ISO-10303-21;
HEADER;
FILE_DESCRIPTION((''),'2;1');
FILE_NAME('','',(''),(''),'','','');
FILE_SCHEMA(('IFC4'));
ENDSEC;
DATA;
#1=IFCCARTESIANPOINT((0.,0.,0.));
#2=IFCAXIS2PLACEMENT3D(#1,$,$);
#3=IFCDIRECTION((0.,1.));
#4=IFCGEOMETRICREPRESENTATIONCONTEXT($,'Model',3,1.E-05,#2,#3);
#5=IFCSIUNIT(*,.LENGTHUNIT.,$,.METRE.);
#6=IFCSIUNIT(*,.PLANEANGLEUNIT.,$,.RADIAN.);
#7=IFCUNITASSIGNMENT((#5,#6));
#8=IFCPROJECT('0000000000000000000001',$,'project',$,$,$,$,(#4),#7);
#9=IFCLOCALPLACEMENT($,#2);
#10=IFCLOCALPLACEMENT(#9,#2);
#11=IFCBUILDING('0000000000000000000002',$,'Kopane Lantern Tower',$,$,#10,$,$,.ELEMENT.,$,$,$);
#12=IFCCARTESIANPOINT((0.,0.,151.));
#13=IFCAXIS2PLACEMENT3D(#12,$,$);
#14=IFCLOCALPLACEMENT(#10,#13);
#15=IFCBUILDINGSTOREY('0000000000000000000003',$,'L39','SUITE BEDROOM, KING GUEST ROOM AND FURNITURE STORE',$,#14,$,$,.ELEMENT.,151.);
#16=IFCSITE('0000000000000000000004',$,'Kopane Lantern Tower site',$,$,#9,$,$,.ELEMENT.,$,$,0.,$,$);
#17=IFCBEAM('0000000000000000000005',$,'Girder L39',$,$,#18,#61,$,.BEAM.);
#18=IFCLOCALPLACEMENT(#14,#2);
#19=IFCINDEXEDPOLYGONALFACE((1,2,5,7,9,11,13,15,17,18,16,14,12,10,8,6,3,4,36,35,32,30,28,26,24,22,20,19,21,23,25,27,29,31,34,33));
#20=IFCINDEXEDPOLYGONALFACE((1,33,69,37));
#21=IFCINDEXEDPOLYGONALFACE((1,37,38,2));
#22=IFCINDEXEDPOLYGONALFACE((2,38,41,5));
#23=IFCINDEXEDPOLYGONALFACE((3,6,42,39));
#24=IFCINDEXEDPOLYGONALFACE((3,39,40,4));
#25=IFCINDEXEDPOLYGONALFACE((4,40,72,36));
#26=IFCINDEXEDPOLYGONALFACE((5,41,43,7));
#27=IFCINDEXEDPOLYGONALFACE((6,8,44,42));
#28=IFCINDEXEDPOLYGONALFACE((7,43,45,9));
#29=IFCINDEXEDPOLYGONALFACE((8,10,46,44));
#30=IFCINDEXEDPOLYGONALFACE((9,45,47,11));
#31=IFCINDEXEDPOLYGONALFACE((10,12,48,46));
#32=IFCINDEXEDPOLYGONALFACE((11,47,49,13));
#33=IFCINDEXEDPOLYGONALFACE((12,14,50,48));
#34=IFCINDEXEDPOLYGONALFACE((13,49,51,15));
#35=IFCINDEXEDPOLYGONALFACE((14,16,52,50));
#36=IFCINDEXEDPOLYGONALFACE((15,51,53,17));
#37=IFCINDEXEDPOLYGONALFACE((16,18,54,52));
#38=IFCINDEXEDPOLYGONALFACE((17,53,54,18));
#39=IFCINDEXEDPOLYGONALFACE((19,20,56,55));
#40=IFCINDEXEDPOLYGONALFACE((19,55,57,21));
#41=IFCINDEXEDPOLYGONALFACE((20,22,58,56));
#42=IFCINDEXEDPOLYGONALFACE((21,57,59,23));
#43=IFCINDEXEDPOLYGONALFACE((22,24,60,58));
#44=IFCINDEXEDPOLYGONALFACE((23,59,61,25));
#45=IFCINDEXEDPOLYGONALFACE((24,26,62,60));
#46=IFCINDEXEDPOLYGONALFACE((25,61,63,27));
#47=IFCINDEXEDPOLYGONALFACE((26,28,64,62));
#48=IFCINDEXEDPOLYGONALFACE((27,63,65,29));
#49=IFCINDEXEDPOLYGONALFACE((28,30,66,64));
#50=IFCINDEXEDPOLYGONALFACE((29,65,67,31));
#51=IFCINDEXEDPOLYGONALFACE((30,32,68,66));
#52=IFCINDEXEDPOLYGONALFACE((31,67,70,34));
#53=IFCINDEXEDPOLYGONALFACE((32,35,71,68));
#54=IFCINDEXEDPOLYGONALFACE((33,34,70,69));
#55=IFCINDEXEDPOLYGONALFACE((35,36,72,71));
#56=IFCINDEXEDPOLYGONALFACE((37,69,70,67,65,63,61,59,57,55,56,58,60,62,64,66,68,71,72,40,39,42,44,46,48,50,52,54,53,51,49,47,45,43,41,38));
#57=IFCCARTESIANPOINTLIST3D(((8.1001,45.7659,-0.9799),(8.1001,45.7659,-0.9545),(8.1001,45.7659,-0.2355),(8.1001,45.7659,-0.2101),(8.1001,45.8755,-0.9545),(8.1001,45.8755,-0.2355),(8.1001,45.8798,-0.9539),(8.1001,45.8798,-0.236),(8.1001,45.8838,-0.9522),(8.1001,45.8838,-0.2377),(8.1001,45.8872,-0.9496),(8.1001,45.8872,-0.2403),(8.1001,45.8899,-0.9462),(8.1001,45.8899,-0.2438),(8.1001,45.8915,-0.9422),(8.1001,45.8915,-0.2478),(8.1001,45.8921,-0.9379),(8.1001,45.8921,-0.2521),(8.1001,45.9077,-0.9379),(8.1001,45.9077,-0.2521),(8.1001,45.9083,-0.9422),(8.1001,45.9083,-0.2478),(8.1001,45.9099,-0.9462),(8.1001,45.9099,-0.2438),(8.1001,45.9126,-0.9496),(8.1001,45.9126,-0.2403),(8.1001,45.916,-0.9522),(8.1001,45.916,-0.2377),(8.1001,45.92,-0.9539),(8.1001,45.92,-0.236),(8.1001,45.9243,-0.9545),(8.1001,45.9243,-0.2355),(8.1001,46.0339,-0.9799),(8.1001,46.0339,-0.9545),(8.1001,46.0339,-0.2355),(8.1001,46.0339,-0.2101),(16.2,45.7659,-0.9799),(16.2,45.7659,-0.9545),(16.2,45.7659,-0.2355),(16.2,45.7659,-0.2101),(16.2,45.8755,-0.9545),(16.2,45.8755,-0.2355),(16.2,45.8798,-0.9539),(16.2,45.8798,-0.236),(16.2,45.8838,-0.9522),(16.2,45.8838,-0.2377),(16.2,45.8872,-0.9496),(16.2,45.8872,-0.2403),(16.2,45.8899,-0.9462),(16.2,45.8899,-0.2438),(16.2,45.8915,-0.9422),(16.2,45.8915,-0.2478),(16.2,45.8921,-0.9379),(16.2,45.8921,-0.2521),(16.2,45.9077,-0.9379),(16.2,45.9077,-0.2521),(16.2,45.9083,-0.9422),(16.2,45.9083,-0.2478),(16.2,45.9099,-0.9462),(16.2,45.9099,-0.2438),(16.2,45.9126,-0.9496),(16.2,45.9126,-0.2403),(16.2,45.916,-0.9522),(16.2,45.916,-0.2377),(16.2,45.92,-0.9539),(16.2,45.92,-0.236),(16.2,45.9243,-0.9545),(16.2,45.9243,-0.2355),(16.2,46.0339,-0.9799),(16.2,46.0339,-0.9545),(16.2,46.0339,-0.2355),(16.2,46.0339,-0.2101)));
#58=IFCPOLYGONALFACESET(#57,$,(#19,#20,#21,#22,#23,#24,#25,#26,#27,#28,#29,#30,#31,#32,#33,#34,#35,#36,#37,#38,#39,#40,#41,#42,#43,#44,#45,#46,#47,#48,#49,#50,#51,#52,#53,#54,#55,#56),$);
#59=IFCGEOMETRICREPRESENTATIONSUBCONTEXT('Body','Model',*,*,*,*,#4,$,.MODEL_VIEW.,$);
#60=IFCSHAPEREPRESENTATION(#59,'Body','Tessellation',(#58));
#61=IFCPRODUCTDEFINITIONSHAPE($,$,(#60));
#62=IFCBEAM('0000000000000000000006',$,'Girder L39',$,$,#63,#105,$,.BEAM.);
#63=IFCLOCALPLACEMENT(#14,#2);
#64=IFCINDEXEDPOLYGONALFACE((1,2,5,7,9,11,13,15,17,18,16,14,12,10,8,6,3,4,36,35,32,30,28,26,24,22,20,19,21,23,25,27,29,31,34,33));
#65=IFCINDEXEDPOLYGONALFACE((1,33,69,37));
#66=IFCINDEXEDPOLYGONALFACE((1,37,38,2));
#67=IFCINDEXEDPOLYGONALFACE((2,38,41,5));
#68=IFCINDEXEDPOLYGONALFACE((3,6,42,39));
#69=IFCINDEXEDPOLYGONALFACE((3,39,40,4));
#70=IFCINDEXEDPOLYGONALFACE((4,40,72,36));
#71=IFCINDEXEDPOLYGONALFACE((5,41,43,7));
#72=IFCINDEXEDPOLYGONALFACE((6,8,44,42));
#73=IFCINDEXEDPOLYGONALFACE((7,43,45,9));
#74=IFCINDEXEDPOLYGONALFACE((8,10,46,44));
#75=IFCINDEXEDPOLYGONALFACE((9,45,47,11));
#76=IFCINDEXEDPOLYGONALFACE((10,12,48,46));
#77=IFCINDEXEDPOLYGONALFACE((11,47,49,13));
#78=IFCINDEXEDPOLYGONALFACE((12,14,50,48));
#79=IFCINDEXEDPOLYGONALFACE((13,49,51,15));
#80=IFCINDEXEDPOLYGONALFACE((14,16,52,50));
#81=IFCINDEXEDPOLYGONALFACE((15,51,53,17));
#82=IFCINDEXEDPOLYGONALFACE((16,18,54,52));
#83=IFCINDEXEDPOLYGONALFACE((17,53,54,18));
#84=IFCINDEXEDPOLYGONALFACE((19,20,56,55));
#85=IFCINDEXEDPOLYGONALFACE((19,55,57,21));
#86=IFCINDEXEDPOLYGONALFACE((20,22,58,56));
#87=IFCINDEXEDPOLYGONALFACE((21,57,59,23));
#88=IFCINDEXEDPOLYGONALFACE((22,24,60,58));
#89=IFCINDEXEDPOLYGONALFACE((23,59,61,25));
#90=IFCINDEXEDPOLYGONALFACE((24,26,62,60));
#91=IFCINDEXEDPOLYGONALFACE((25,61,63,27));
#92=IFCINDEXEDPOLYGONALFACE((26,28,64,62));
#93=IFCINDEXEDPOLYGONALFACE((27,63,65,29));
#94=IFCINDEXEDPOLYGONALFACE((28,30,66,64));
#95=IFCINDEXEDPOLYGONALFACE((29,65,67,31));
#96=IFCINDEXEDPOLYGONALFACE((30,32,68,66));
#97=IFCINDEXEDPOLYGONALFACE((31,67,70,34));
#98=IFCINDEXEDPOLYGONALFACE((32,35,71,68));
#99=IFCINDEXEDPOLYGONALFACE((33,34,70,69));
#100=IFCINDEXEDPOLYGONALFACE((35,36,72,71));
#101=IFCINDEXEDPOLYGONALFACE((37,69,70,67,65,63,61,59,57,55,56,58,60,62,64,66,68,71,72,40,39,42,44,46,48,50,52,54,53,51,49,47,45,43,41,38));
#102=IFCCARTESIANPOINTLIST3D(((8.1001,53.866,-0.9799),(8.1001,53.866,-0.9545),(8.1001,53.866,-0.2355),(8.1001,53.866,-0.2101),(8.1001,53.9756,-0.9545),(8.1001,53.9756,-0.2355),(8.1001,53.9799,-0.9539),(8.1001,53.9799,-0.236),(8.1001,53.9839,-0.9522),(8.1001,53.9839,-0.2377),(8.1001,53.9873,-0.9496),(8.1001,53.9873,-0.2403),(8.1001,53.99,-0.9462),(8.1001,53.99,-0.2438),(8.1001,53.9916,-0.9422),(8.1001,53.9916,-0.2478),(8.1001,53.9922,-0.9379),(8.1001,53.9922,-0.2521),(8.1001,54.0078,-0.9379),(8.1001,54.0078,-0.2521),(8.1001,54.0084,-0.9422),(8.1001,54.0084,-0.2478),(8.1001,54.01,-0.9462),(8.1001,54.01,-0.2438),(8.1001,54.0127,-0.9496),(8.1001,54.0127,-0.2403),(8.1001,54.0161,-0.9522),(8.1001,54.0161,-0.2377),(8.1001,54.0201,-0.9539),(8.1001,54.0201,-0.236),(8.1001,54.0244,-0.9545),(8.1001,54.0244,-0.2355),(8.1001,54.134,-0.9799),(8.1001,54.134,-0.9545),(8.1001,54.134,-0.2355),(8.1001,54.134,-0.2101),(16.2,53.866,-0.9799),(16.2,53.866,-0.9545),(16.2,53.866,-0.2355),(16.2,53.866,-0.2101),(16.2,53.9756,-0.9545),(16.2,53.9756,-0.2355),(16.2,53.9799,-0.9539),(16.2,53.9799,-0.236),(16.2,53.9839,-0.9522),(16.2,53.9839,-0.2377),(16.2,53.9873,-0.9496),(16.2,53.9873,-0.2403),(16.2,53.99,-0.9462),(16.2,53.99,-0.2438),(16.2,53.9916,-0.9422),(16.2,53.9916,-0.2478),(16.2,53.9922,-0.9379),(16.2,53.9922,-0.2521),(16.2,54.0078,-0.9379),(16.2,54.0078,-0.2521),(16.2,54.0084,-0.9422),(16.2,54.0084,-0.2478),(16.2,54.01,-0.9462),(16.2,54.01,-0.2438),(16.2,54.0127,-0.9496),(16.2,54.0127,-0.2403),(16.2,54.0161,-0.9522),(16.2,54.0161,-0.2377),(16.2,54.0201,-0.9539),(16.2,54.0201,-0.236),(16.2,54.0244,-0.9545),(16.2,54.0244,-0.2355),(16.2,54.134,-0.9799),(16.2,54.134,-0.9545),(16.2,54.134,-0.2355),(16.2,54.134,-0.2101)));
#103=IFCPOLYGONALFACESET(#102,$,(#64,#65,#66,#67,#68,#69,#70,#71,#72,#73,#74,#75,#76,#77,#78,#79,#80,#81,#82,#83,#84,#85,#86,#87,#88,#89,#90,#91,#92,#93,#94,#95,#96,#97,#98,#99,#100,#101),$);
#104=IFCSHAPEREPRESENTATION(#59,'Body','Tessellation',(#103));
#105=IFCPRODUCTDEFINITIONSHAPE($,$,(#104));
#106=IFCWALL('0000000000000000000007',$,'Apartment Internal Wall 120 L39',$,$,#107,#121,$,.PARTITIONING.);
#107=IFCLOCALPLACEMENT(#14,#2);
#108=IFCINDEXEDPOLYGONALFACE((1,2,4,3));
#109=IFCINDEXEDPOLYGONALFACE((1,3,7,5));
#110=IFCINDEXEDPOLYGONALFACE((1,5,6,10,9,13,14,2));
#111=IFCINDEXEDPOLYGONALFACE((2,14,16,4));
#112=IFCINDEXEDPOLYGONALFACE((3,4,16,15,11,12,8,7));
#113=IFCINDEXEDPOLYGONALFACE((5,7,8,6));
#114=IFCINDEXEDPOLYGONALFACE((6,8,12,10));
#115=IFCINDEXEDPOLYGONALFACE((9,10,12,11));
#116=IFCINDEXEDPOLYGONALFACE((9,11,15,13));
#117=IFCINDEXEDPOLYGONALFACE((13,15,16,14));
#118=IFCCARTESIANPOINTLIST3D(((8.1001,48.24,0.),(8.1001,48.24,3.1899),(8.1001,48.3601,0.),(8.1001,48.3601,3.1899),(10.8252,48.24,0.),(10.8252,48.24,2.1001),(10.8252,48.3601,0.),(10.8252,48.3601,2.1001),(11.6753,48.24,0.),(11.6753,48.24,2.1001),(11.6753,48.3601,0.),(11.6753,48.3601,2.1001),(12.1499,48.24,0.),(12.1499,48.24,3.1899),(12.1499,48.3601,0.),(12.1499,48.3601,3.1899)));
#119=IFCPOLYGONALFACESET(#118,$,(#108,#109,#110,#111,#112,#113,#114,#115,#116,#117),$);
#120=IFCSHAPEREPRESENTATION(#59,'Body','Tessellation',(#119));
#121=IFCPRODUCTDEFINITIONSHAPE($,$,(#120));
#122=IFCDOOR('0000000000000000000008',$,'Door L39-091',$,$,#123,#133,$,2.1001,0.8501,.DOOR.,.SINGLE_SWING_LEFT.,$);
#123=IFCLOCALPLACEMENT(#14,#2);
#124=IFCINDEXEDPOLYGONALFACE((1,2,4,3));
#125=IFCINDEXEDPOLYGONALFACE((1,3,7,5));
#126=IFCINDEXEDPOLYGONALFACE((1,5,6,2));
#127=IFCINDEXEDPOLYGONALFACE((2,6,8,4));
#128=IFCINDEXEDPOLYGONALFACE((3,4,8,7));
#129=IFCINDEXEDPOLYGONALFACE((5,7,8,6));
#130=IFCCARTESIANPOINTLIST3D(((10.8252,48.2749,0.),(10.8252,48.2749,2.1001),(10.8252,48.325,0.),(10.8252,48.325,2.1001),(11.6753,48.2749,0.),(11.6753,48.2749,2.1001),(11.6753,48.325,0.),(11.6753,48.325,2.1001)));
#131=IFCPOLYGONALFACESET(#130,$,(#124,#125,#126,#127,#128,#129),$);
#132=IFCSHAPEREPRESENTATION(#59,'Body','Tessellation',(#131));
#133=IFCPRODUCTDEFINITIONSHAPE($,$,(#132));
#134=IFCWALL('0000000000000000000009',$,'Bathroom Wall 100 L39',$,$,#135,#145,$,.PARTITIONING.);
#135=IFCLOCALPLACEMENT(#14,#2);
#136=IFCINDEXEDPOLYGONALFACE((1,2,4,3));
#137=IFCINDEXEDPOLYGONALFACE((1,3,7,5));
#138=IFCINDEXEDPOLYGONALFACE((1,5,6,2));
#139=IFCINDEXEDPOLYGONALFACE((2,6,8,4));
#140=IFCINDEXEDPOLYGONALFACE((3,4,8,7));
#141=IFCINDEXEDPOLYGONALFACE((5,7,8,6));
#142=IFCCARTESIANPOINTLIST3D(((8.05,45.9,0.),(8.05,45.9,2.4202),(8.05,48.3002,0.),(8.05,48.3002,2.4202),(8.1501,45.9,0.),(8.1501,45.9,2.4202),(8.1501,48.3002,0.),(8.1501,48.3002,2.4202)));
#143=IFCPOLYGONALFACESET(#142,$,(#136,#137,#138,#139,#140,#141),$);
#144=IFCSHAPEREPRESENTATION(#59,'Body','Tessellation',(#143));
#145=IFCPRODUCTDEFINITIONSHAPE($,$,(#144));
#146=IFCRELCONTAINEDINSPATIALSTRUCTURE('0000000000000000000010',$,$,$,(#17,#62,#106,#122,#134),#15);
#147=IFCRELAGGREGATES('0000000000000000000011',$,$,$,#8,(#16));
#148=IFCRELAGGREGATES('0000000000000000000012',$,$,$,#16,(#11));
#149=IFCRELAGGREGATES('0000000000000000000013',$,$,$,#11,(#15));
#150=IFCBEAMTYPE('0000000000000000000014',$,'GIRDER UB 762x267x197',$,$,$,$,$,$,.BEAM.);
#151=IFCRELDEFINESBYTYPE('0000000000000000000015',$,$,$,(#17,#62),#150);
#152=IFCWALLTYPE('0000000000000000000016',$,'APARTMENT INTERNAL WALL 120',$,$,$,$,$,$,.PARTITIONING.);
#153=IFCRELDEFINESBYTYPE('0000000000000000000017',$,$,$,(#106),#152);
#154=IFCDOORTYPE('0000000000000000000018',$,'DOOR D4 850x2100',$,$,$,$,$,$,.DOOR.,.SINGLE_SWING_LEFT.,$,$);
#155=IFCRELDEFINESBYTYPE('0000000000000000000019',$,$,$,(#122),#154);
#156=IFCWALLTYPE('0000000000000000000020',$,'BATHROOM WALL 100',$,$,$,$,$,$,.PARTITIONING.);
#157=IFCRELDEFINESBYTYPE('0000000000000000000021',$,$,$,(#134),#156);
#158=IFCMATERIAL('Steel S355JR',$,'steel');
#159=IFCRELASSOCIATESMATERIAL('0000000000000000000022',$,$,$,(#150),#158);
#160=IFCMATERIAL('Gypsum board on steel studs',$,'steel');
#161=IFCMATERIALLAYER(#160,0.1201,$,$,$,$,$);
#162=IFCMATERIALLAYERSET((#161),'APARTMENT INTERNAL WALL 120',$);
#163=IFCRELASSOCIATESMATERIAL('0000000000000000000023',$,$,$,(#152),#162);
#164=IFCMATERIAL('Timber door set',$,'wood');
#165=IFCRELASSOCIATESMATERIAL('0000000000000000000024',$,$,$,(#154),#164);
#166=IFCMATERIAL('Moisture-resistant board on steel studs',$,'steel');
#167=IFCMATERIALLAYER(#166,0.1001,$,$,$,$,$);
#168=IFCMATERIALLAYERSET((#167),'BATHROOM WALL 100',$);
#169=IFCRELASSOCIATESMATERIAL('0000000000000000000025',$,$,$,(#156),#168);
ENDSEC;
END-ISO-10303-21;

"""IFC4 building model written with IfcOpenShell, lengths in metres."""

from ifc_helpers import new_model, si_unit, direction, frame, frame_2d, origin, origin_2d, place, context, subcontext, project, spatial, rectangle, i_section, extrude, material, layer, layer_set, material_profile, profile_set, type_object, element, fill, save


model = new_model("IFC4")

# Units and contexts
model_context = context("Model", 3, precision=1e-05, world=origin(), true_north=direction((0.0, 1.0)))
body_context = subcontext(model_context, "Body", "Model", "MODEL_VIEW")
ifc_project = project(units=[si_unit("LENGTHUNIT", "METRE"), si_unit("PLANEANGLEUNIT", "RADIAN")], contexts=[model_context])

# Site, building, storey
site_placement = place(None, origin())
site = spatial("IfcSite", under=ifc_project, at=site_placement, Name="Kopane Lantern Tower site", CompositionType="ELEMENT", RefElevation=0.0)
building_placement = place(site_placement, origin())
building = spatial("IfcBuilding", under=site, at=building_placement, Name="Kopane Lantern Tower", CompositionType="ELEMENT")
storey_placement = place(building_placement, frame((0.0, 0.0, 151.0)))
storey = spatial("IfcBuildingStorey", under=building, at=storey_placement, Name="L39", Description="SUITE BEDROOM, KING GUEST ROOM AND FURNITURE STORE", CompositionType="ELEMENT", Elevation=151.0)

# Beams
ifc_material_1 = material(Name="Steel S355JR", Category="steel")
ifc_material_profile_1 = material_profile(ifc_material_1, i_section(OverallWidth=0.2681, OverallDepth=0.7698, WebThickness=0.0156, FlangeThickness=0.0254, FilletRadius=0.0166, at=origin_2d()), Name="UB 762x267x197")
ifc_profile_set_1 = profile_set([ifc_material_profile_1], Name="Steel S355JR")
beam_type_1 = type_object("IfcBeamType", Name="GIRDER UB 762x267x197", PredefinedType="BEAM", material=ifc_profile_set_1)
for number, where, z_axis, x_axis, name in (
    (1, (8.1001, 45.8999, -0.595), (1.0, 0.0, 0.0), (0.0, 1.0, 0.0), "Girder L39"),
    (2, (8.1001, 54.0, -0.595), (1.0, 0.0, 0.0), (0.0, 1.0, 0.0), "Girder L39"),
):
    element("IfcBeam", number, at=place(storey_placement, frame(where, z_axis=z_axis, x_axis=x_axis)), inside=storey, type_object=beam_type_1, Name=name, PredefinedType="BEAM", context=body_context, shape_type="SweptSolid", body=[
        extrude(i_section(OverallWidth=0.2681, OverallDepth=0.7698, WebThickness=0.0156, FlangeThickness=0.0254, FilletRadius=0.0166, at=origin_2d()), origin(), (0.0, 0.0, 1.0), 8.0999),
    ])

# Wall, opening, door
ifc_material_2 = material(Name="Gypsum board on steel studs", Category="steel")
ifc_layer_1 = layer(ifc_material_2, 0.1201)
ifc_layer_set_1 = layer_set([ifc_layer_1], Name="APARTMENT INTERNAL WALL 120")
wall_type_1 = type_object("IfcWallType", Name="APARTMENT INTERNAL WALL 120", PredefinedType="PARTITIONING", material=ifc_layer_set_1)
wall_1_placement = place(storey_placement, frame((8.1001, 48.3, 0.0), z_axis=(0.0, 0.0, 1.0), x_axis=(1.0, 0.0, 0.0)))
wall_1 = element("IfcWall", 3, at=wall_1_placement, inside=storey, type_object=wall_type_1, Name="Apartment Internal Wall 120 L39", PredefinedType="PARTITIONING", context=body_context, shape_type="SweptSolid", body=[
    extrude(rectangle(XDim=4.0498, YDim=0.1201, at=frame_2d((2.0249, 0.0))), origin(), (0.0, 0.0, 1.0), 3.1899),
])
opening_1_placement = place(wall_1_placement, frame((2.7251, 0.0, 0.0)))
opening_1 = element("IfcOpeningElement", 4, at=opening_1_placement, cuts=wall_1, PredefinedType="OPENING", context=body_context, shape_type="SweptSolid", body=[
    extrude(rectangle(XDim=0.8501, YDim=2.1001, at=frame_2d((0.425, 1.05))), frame((0.0, 0.0701, 0.0), z_axis=(0.0, -1.0, 0.0), x_axis=(1.0, 0.0, 0.0)), (0.0, 0.0, 1.0), 0.1401),
])
ifc_material_3 = material(Name="Timber door set", Category="wood")
door_type_1 = type_object("IfcDoorType", Name="DOOR D4 850x2100", OperationType="SINGLE_SWING_LEFT", PredefinedType="DOOR", material=ifc_material_3)
door_1_placement = place(opening_1_placement, origin())
door_1 = element("IfcDoor", 5, at=door_1_placement, inside=storey, type_object=door_type_1, Name="Door L39-091", OperationType="SINGLE_SWING_LEFT", OverallHeight=2.1001, OverallWidth=0.8501, PredefinedType="DOOR", context=body_context, shape_type="SweptSolid", body=[
    extrude(rectangle(XDim=0.8501, YDim=2.1001, at=frame_2d((0.425, 1.05))), frame((0.0, 0.0249, 0.0), z_axis=(0.0, -1.0, 0.0), x_axis=(1.0, 0.0, 0.0)), (0.0, 0.0, 1.0), 0.05),
])
fill(opening_1, door_1)

# Wall
ifc_material_4 = material(Name="Moisture-resistant board on steel studs", Category="steel")
ifc_layer_2 = layer(ifc_material_4, 0.1001)
ifc_layer_set_2 = layer_set([ifc_layer_2], Name="BATHROOM WALL 100")
wall_type_2 = type_object("IfcWallType", Name="BATHROOM WALL 100", PredefinedType="PARTITIONING", material=ifc_layer_set_2)
wall_2_placement = place(storey_placement, frame((8.1001, 45.8999, 0.0), z_axis=(0.0, 0.0, 1.0), x_axis=(0.0, 1.0, 0.0)))
element("IfcWall", 6, at=wall_2_placement, inside=storey, type_object=wall_type_2, Name="Bathroom Wall 100 L39", PredefinedType="PARTITIONING", context=body_context, shape_type="SweptSolid", body=[
    extrude(rectangle(XDim=2.4001, YDim=0.1001, at=frame_2d((1.2002, 0.0))), origin(), (0.0, 0.0, 1.0), 2.4202),
])

save(model, "model.ifc")
